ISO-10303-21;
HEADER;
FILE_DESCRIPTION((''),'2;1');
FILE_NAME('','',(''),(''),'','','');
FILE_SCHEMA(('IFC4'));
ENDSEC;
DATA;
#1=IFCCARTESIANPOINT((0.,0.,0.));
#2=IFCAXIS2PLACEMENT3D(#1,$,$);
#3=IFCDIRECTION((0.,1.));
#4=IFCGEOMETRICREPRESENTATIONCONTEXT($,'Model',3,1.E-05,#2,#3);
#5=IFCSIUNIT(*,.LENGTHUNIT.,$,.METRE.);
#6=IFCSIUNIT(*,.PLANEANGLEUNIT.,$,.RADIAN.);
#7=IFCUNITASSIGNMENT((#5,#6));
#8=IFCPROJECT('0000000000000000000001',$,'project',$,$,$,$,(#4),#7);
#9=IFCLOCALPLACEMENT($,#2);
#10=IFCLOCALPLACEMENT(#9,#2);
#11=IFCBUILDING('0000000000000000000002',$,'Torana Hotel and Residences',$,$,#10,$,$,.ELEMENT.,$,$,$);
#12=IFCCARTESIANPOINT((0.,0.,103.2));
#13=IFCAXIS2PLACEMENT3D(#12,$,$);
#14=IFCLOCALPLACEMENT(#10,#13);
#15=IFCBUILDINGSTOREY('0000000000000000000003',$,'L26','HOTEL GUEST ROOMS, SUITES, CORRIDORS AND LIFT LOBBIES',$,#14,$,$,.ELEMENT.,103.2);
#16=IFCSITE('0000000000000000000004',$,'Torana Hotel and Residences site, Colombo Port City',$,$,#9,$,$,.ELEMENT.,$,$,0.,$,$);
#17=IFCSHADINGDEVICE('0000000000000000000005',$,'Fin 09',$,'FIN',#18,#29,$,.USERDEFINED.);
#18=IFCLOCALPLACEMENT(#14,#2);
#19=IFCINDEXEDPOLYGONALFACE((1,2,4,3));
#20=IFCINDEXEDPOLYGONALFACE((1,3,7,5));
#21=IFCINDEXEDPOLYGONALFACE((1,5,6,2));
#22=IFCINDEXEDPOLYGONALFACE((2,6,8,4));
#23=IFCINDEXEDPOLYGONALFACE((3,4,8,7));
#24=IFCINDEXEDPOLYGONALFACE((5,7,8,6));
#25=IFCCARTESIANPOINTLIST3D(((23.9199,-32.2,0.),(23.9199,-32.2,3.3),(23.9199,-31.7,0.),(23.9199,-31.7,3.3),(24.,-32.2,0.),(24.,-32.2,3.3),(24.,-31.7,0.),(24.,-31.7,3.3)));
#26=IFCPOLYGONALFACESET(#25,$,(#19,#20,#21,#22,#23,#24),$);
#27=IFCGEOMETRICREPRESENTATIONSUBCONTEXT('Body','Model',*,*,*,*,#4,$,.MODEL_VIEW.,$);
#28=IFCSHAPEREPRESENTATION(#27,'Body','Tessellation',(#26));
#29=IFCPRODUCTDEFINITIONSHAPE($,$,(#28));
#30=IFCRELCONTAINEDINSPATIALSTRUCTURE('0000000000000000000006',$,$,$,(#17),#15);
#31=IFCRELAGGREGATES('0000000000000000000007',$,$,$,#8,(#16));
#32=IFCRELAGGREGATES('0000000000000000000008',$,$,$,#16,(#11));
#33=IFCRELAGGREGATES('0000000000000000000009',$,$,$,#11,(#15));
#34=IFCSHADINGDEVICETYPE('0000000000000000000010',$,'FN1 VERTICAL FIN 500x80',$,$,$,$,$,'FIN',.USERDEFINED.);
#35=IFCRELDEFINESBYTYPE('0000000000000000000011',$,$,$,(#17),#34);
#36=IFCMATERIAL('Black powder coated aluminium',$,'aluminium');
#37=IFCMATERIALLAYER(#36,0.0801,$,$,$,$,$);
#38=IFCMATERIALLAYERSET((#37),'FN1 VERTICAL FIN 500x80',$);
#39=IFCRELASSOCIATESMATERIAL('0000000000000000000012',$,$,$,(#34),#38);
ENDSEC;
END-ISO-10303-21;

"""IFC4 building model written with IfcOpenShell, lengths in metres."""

from ifc_helpers import new_model, si_unit, direction, frame, origin, origin_2d, place, context, subcontext, project, spatial, rectangle, extrude, material, layer, layer_set, type_object, element, save


model = new_model("IFC4")

# Units and contexts
model_context = context("Model", 3, precision=1e-05, world=origin(), true_north=direction((0.0, 1.0)))
body_context = subcontext(model_context, "Body", "Model", "MODEL_VIEW")
ifc_project = project(units=[si_unit("LENGTHUNIT", "METRE"), si_unit("PLANEANGLEUNIT", "RADIAN")], contexts=[model_context])

# Site, building, storey
site_placement = place(None, origin())
site = spatial("IfcSite", under=ifc_project, at=site_placement, Name="Torana Hotel and Residences site, Colombo Port City", CompositionType="ELEMENT", RefElevation=0.0)
building_placement = place(site_placement, origin())
building = spatial("IfcBuilding", under=site, at=building_placement, Name="Torana Hotel and Residences", CompositionType="ELEMENT")
storey_placement = place(building_placement, frame((0.0, 0.0, 103.2)))
storey = spatial("IfcBuildingStorey", under=building, at=storey_placement, Name="L26", Description="HOTEL GUEST ROOMS, SUITES, CORRIDORS AND LIFT LOBBIES", CompositionType="ELEMENT", Elevation=103.2)

# Shading device
ifc_material_1 = material(Name="Black powder coated aluminium", Category="aluminium")
ifc_layer_1 = layer(ifc_material_1, 0.0801)
ifc_layer_set_1 = layer_set([ifc_layer_1], Name="FN1 VERTICAL FIN 500x80")
shading_device_type = type_object("IfcShadingDeviceType", Name="FN1 VERTICAL FIN 500x80", ElementType="FIN", PredefinedType="USERDEFINED", material=ifc_layer_set_1)
shading_device_placement = place(storey_placement, frame((23.96, -31.95, 0.0), z_axis=(0.0, 0.0, 1.0), x_axis=(-1.0, 0.0, 0.0)))
element("IfcShadingDevice", 1, at=shading_device_placement, inside=storey, type_object=shading_device_type, Name="Fin 09", ObjectType="FIN", PredefinedType="USERDEFINED", context=body_context, shape_type="SweptSolid", body=[
    extrude(rectangle(XDim=0.0801, YDim=0.5, at=origin_2d()), origin(), (0.0, 0.0, 1.0), 3.3),
])

save(model, "model.ifc")
